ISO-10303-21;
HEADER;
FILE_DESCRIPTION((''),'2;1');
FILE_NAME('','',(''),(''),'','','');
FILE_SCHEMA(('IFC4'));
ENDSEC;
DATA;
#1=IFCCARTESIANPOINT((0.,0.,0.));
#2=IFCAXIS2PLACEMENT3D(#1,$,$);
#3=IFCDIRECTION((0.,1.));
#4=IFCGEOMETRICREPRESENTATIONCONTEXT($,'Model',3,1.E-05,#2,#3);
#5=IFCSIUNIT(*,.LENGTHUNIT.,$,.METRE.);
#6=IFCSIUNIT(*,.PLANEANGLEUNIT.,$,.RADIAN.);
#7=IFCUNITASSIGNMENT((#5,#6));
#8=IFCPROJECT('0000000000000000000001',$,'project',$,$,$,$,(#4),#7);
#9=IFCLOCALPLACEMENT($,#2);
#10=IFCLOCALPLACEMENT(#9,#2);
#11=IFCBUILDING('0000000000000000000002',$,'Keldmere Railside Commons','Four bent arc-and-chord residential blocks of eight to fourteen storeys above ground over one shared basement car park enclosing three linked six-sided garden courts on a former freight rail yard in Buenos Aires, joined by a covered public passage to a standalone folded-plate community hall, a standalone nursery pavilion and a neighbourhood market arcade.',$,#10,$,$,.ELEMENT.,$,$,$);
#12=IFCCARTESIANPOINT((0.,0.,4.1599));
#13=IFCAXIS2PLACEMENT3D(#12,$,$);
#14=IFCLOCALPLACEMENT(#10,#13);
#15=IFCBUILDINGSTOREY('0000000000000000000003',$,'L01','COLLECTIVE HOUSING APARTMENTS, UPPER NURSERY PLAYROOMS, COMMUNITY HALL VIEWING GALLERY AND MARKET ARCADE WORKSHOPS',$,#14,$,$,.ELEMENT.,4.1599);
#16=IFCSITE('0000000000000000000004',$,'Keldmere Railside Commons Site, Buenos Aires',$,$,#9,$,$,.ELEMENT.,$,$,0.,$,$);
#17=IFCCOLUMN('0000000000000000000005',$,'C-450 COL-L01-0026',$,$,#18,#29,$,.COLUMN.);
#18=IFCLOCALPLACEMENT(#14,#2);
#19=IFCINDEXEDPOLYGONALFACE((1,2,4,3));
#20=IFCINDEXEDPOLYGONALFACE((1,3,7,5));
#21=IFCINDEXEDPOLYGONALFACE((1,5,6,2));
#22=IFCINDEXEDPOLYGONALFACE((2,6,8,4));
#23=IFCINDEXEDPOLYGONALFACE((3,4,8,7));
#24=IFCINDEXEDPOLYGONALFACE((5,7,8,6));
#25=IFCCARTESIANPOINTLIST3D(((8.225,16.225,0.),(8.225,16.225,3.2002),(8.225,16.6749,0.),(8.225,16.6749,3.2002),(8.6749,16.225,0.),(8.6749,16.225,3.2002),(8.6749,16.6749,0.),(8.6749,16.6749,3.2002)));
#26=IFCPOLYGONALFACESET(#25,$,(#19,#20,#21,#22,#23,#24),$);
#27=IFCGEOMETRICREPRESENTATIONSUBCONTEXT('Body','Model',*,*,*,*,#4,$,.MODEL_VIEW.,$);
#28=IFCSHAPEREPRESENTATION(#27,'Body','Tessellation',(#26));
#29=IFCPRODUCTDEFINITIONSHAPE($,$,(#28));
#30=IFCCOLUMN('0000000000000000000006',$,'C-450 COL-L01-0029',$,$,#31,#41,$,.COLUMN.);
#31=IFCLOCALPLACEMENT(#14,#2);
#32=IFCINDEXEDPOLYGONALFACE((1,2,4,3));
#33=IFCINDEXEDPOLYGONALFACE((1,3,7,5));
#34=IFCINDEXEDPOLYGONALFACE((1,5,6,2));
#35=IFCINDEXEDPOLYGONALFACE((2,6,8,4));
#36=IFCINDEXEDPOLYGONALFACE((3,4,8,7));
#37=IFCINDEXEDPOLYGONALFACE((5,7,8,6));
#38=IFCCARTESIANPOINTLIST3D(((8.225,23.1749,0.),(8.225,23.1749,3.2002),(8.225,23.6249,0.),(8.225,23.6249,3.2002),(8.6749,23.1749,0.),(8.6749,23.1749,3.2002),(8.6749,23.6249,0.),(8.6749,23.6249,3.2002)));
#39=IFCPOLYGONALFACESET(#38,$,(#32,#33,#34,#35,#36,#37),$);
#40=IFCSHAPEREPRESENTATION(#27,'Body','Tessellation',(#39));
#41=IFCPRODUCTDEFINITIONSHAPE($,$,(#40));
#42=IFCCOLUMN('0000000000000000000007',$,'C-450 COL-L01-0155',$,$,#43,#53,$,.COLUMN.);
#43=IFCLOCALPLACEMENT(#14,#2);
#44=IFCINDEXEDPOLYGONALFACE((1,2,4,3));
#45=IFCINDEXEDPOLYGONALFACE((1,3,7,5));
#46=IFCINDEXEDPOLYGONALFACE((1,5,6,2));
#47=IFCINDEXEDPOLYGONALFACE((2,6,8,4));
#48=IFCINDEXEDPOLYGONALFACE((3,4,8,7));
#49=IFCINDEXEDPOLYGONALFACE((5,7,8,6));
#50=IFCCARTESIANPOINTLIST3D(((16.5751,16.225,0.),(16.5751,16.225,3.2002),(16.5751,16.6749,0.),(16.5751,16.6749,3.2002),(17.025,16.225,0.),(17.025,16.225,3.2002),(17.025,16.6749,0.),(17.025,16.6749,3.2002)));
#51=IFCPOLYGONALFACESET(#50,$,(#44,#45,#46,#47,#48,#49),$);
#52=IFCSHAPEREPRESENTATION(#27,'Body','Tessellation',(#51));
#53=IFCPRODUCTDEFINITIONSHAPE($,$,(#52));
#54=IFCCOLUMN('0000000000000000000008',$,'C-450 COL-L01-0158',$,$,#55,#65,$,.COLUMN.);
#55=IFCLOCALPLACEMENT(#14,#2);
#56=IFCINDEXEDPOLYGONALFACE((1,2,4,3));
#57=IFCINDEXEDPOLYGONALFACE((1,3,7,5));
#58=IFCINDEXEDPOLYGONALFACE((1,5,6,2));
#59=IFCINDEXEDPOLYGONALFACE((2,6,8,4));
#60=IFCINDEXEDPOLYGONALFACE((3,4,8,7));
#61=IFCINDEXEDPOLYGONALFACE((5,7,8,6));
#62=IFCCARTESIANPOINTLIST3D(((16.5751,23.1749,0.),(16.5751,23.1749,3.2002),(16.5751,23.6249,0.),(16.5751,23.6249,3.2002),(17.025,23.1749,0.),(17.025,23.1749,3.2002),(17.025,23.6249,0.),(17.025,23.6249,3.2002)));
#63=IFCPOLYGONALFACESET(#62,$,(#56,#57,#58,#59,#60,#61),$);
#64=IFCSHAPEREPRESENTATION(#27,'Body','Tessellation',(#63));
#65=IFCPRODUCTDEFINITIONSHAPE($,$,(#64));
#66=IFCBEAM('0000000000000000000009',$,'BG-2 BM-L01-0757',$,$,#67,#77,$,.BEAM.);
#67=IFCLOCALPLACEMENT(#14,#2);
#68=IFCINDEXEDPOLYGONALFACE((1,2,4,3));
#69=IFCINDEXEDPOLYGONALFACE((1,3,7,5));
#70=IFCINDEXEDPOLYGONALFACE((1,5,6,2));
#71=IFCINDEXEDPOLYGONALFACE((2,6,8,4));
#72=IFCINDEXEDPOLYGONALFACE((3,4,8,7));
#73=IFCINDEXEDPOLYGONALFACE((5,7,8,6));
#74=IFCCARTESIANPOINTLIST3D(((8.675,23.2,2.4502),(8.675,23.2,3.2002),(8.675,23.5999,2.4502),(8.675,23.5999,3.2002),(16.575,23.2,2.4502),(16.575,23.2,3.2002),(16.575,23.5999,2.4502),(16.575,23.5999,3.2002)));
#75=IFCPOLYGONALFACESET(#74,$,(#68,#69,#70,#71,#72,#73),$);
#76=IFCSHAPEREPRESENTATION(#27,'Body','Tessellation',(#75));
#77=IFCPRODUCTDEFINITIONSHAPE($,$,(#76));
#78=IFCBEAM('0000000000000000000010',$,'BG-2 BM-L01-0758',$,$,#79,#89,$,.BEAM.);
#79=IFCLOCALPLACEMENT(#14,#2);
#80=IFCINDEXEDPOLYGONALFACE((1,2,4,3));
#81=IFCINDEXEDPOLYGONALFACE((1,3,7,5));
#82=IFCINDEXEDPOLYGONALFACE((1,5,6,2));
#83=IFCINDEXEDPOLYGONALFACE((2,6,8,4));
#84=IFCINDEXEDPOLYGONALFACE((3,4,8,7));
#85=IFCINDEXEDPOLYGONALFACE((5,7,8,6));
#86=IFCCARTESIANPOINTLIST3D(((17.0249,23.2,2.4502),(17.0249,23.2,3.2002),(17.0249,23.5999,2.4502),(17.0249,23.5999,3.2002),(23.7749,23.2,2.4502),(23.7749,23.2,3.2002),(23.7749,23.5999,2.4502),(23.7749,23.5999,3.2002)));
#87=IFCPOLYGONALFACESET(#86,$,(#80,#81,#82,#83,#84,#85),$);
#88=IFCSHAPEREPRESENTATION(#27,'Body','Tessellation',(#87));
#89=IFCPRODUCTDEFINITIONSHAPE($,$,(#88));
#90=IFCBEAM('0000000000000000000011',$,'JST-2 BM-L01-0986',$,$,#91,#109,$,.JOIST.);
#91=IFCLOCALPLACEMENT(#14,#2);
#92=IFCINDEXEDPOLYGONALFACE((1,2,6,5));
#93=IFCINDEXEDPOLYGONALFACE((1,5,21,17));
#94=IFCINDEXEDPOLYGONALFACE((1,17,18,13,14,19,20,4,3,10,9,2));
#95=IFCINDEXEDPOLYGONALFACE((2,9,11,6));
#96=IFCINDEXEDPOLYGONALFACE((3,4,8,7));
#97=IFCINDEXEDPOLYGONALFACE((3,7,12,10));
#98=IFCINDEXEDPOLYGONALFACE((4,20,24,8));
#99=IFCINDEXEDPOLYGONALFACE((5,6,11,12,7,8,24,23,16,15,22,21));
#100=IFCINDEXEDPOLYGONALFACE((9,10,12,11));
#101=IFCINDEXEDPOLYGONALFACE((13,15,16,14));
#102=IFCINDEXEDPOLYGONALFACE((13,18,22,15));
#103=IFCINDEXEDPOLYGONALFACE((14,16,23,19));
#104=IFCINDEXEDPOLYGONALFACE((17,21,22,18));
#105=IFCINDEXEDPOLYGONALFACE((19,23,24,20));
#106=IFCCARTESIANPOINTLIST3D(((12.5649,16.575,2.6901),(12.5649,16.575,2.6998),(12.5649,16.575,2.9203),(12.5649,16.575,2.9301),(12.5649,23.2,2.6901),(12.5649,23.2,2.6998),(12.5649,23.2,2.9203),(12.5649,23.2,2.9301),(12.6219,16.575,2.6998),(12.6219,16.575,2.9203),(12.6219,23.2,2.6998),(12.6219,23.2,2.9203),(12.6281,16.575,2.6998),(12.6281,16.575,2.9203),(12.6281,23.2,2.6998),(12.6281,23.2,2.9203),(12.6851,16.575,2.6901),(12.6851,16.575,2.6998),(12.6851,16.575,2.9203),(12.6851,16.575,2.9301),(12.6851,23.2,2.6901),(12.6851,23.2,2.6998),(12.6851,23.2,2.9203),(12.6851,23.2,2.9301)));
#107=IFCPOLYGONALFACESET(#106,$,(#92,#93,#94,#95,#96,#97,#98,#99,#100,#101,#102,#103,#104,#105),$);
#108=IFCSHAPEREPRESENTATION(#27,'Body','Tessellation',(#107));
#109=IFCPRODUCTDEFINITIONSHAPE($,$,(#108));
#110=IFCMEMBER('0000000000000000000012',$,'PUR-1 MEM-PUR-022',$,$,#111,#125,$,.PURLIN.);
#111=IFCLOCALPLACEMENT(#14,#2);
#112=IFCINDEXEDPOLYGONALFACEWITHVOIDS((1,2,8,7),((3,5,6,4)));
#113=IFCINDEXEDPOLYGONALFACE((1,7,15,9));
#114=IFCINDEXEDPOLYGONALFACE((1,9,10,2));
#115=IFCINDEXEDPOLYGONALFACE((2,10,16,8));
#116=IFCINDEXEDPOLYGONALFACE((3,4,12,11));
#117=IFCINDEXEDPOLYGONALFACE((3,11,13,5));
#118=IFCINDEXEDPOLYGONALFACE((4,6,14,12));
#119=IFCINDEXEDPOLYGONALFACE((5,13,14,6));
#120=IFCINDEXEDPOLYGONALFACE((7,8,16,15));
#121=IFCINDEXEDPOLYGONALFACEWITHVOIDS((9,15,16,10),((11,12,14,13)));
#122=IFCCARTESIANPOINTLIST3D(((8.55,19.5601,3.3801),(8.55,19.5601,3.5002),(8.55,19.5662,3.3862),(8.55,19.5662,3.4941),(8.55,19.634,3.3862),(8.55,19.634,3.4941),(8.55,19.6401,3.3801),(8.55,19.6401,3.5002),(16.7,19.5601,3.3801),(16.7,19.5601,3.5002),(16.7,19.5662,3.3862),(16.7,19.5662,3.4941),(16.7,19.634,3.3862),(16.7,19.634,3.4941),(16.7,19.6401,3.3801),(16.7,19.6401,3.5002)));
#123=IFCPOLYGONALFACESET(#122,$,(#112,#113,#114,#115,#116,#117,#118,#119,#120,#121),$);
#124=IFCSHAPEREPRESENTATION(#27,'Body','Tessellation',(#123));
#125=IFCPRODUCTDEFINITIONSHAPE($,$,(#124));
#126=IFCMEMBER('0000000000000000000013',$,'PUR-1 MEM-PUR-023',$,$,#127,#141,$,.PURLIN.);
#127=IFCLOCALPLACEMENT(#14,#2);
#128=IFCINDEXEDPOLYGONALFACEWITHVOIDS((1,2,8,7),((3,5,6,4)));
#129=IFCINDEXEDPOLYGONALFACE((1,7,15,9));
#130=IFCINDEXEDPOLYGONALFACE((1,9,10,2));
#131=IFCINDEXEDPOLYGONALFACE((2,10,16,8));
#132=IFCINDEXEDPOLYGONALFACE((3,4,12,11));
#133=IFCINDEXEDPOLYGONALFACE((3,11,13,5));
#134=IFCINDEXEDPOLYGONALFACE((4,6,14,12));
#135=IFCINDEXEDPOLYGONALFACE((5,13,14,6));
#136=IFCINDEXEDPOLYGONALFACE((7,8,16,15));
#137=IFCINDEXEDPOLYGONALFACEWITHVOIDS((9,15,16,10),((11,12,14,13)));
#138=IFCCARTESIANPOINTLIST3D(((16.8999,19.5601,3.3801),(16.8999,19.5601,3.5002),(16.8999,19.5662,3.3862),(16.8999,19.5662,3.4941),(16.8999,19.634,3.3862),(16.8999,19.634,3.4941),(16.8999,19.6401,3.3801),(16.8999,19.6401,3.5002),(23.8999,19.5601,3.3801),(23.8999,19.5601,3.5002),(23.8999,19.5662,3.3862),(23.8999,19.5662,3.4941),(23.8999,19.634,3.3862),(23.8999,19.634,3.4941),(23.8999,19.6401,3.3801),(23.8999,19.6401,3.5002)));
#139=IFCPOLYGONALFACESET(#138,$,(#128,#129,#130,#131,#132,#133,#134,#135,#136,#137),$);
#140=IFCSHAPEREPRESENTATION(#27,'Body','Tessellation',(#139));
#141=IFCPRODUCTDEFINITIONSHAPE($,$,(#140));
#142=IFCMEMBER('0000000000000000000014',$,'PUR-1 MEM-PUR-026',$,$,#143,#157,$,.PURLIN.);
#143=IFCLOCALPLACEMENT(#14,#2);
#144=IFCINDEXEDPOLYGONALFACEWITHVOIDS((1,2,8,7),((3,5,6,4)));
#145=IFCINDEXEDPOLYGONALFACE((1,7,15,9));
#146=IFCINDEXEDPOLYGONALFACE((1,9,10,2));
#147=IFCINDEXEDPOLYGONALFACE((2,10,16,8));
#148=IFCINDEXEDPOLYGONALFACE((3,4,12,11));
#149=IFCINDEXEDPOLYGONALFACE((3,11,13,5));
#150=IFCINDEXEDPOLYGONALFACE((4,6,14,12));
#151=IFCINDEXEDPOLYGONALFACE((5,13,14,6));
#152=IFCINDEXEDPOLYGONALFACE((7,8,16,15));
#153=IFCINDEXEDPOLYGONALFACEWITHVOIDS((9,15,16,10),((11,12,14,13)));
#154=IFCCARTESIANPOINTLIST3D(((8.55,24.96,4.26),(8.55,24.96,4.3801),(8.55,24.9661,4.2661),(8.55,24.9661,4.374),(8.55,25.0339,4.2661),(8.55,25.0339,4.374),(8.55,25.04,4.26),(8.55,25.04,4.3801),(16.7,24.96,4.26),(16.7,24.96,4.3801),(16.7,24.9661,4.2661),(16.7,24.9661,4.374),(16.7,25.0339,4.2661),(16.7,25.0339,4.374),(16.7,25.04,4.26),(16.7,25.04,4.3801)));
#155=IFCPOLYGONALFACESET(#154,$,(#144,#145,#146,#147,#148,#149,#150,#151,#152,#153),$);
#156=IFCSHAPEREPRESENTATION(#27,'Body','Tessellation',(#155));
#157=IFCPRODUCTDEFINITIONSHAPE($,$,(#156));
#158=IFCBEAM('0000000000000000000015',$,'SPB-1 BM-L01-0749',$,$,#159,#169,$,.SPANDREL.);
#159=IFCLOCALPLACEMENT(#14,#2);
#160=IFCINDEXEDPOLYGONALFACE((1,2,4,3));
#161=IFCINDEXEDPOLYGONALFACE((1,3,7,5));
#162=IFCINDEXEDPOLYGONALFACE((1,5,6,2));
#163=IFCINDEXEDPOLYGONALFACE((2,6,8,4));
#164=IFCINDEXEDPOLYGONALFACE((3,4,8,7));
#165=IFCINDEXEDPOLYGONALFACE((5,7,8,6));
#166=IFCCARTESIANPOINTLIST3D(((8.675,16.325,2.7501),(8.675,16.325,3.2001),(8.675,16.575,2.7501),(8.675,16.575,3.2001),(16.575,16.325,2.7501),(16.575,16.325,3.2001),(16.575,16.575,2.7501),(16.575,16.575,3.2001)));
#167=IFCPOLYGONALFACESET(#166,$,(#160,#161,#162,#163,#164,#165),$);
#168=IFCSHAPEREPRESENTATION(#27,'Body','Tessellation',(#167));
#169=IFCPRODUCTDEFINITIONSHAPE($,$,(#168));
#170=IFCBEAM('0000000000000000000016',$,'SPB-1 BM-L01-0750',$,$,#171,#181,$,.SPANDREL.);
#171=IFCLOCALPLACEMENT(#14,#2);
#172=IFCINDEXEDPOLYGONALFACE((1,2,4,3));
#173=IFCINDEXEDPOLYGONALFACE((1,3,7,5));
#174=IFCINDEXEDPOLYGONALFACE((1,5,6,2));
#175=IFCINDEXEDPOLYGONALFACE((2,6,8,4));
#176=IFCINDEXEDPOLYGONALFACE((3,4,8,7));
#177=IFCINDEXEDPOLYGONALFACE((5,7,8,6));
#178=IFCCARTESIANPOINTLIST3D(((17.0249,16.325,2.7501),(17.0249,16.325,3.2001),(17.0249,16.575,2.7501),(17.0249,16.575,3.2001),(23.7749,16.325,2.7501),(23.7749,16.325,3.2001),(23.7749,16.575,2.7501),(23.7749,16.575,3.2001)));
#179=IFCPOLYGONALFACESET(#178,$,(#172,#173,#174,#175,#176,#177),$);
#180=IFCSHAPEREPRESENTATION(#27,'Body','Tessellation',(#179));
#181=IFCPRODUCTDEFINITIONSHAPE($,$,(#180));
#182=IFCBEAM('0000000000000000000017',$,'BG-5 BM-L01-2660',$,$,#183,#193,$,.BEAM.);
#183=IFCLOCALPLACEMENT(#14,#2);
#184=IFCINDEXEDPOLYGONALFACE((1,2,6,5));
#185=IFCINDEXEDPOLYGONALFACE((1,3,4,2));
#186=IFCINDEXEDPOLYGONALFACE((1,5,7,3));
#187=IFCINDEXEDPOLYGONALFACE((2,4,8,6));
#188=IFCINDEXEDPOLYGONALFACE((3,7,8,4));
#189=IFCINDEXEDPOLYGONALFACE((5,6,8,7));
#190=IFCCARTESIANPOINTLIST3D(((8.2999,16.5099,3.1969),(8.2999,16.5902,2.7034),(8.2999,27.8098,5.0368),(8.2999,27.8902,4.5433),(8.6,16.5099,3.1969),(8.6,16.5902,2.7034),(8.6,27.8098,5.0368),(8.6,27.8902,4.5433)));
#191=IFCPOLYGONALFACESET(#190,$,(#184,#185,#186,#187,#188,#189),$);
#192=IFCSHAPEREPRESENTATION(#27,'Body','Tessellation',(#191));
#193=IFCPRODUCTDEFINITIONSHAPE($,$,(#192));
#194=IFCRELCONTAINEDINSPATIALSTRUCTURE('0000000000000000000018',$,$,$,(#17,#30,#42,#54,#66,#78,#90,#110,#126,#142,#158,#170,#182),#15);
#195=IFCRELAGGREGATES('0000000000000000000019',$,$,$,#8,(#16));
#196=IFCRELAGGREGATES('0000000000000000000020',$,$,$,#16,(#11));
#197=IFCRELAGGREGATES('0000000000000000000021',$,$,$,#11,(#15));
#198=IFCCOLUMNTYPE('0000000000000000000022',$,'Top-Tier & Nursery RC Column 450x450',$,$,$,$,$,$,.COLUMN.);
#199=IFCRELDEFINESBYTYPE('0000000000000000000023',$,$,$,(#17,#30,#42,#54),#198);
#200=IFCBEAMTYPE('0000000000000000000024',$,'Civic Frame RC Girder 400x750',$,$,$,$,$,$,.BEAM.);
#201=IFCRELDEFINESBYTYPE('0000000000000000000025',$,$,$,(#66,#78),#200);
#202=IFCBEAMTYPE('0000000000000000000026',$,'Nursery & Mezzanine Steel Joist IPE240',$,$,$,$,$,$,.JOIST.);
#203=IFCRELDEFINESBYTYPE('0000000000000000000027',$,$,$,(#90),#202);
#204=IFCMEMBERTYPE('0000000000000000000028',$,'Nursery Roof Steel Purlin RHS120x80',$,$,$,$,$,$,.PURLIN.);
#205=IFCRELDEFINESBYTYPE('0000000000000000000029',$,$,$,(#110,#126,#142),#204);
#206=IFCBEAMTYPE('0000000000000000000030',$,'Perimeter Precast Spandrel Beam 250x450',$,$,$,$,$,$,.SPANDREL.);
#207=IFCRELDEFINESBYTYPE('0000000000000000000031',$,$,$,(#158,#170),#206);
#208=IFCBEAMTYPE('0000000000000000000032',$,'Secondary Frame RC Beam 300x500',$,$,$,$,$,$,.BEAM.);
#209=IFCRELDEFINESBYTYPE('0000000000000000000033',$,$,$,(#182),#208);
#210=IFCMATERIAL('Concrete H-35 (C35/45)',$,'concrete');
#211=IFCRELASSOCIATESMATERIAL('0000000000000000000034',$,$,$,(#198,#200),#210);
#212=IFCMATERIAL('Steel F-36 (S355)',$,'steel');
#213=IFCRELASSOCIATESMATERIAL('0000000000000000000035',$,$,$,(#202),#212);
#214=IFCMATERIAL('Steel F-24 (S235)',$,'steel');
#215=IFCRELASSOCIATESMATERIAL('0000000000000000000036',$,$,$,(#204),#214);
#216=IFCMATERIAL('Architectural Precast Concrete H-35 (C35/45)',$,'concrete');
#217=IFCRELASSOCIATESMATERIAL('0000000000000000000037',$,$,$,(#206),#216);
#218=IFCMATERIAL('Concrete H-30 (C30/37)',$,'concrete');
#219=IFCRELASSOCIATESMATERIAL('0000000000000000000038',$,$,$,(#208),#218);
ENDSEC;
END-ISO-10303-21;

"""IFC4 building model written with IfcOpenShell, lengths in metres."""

from ifc_helpers import new_model, si_unit, direction, frame, origin, origin_2d, place, context, subcontext, project, spatial, rectangle, hollow_rectangle, i_section, extrude, material, material_profile, profile_set, type_object, element, save


model = new_model("IFC4")

# Units and contexts
model_context = context("Model", 3, precision=1e-05, world=origin(), true_north=direction((0.0, 1.0)))
body_context = subcontext(model_context, "Body", "Model", "MODEL_VIEW")
ifc_project = project(units=[si_unit("LENGTHUNIT", "METRE"), si_unit("PLANEANGLEUNIT", "RADIAN")], contexts=[model_context])

# Site, building, storey
site_placement = place(None, origin())
site = spatial("IfcSite", under=ifc_project, at=site_placement, Name="Keldmere Railside Commons Site, Buenos Aires", CompositionType="ELEMENT", RefElevation=0.0)
building_placement = place(site_placement, origin())
building = spatial("IfcBuilding", under=site, at=building_placement, Name="Keldmere Railside Commons", Description="Four bent arc-and-chord residential blocks of eight to fourteen storeys above ground over one shared basement car park enclosing three linked six-sided garden courts on a former freight rail yard in Buenos Aires, joined by a covered public passage to a standalone folded-plate community hall, a standalone nursery pavilion and a neighbourhood market arcade.", CompositionType="ELEMENT")
storey_placement = place(building_placement, frame((0.0, 0.0, 4.1599)))
storey = spatial("IfcBuildingStorey", under=building, at=storey_placement, Name="L01", Description="COLLECTIVE HOUSING APARTMENTS, UPPER NURSERY PLAYROOMS, COMMUNITY HALL VIEWING GALLERY AND MARKET ARCADE WORKSHOPS", CompositionType="ELEMENT", Elevation=4.1599)

# Columns
ifc_material_1 = material(Name="Concrete H-35 (C35/45)", Category="concrete")
ifc_material_profile_1 = material_profile(ifc_material_1, rectangle(XDim=0.45, YDim=0.45, at=origin_2d()), Name="RC-450x450")
ifc_profile_set_1 = profile_set([ifc_material_profile_1], Name="Concrete H-35 (C35/45)")
column_type = type_object("IfcColumnType", Name="Top-Tier & Nursery RC Column 450x450", PredefinedType="COLUMN", material=ifc_profile_set_1)
for number, where, z_axis, x_axis, name in (
    (1, (8.45, 16.45, 0.0), (0.0, 0.0, 1.0), (1.0, 0.0, 0.0), "C-450 COL-L01-0026"),
    (2, (8.45, 23.3999, 0.0), (0.0, 0.0, 1.0), (1.0, 0.0, 0.0), "C-450 COL-L01-0029"),
    (3, (16.8, 16.45, 0.0), (0.0, 0.0, 1.0), (1.0, 0.0, 0.0), "C-450 COL-L01-0155"),
    (4, (16.8, 23.3999, 0.0), (0.0, 0.0, 1.0), (1.0, 0.0, 0.0), "C-450 COL-L01-0158"),
):
    element("IfcColumn", number, at=place(storey_placement, frame(where, z_axis=z_axis, x_axis=x_axis)), inside=storey, type_object=column_type, Name=name, PredefinedType="COLUMN", context=body_context, shape_type="SweptSolid", body=[
        extrude(rectangle(XDim=0.45, YDim=0.45, at=origin_2d()), origin(), (0.0, 0.0, 1.0), 3.2002),
    ])

# Beams
ifc_material_profile_2 = material_profile(ifc_material_1, rectangle(XDim=0.3999, YDim=0.75, at=origin_2d()), Name="RC-400x750")
ifc_profile_set_2 = profile_set([ifc_material_profile_2], Name="Concrete H-35 (C35/45)")
beam_type_1 = type_object("IfcBeamType", Name="Civic Frame RC Girder 400x750", PredefinedType="BEAM", material=ifc_profile_set_2)
beam_1_placement = place(storey_placement, frame((8.675, 23.3999, 2.8252), z_axis=(1.0, 0.0, 0.0), x_axis=(0.0, 1.0, 0.0)))
element("IfcBeam", 5, at=beam_1_placement, inside=storey, type_object=beam_type_1, Name="BG-2 BM-L01-0757", PredefinedType="BEAM", context=body_context, shape_type="SweptSolid", body=[
    extrude(rectangle(XDim=0.3999, YDim=0.75, at=origin_2d()), origin(), (0.0, 0.0, 1.0), 7.8999),
])
beam_2_placement = place(storey_placement, frame((17.0249, 23.3999, 2.8252), z_axis=(1.0, 0.0, 0.0), x_axis=(0.0, 1.0, 0.0)))
element("IfcBeam", 6, at=beam_2_placement, inside=storey, type_object=beam_type_1, Name="BG-2 BM-L01-0758", PredefinedType="BEAM", context=body_context, shape_type="SweptSolid", body=[
    extrude(rectangle(XDim=0.3999, YDim=0.75, at=origin_2d()), origin(), (0.0, 0.0, 1.0), 6.75),
])
ifc_material_2 = material(Name="Steel F-36 (S355)", Category="steel")
ifc_material_profile_3 = material_profile(ifc_material_2, i_section(OverallWidth=0.1201, OverallDepth=0.24, WebThickness=0.0061, FlangeThickness=0.0098, at=origin_2d()), Name="IPE-240")
ifc_profile_set_3 = profile_set([ifc_material_profile_3], Name="Steel F-36 (S355)")
beam_type_2 = type_object("IfcBeamType", Name="Nursery & Mezzanine Steel Joist IPE240", PredefinedType="JOIST", material=ifc_profile_set_3)
beam_3_placement = place(storey_placement, frame((12.625, 16.575, 2.8101), z_axis=(0.0, 1.0, 0.0), x_axis=(-1.0, 0.0, 0.0)))
element("IfcBeam", 7, at=beam_3_placement, inside=storey, type_object=beam_type_2, Name="JST-2 BM-L01-0986", PredefinedType="JOIST", context=body_context, shape_type="SweptSolid", body=[
    extrude(i_section(OverallWidth=0.1201, OverallDepth=0.24, WebThickness=0.0061, FlangeThickness=0.0098, at=origin_2d()), origin(), (0.0, 0.0, 1.0), 6.625),
])

# Members
ifc_material_3 = material(Name="Steel F-24 (S235)", Category="steel")
ifc_material_profile_4 = material_profile(ifc_material_3, hollow_rectangle(XDim=0.0801, YDim=0.1201, WallThickness=0.0061, at=origin_2d()), Name="RHS-120x80x6")
ifc_profile_set_4 = profile_set([ifc_material_profile_4], Name="Steel F-24 (S235)")
member_type = type_object("IfcMemberType", Name="Nursery Roof Steel Purlin RHS120x80", PredefinedType="PURLIN", material=ifc_profile_set_4)
member_1_placement = place(storey_placement, frame((8.55, 19.6001, 3.4402), z_axis=(1.0, 0.0, 0.0), x_axis=(0.0, 1.0, 0.0)))
element("IfcMember", 8, at=member_1_placement, inside=storey, type_object=member_type, Name="PUR-1 MEM-PUR-022", PredefinedType="PURLIN", context=body_context, shape_type="SweptSolid", body=[
    extrude(hollow_rectangle(XDim=0.0801, YDim=0.1201, WallThickness=0.0061, at=origin_2d()), origin(), (0.0, 0.0, 1.0), 8.1499),
])
member_2_placement = place(storey_placement, frame((16.8999, 19.6001, 3.4402), z_axis=(1.0, 0.0, 0.0), x_axis=(0.0, 1.0, 0.0)))
element("IfcMember", 9, at=member_2_placement, inside=storey, type_object=member_type, Name="PUR-1 MEM-PUR-023", PredefinedType="PURLIN", context=body_context, shape_type="SweptSolid", body=[
    extrude(hollow_rectangle(XDim=0.0801, YDim=0.1201, WallThickness=0.0061, at=origin_2d()), origin(), (0.0, 0.0, 1.0), 7.0),
])
member_3_placement = place(storey_placement, frame((8.55, 25.0, 4.3201), z_axis=(1.0, 0.0, 0.0), x_axis=(0.0, 1.0, 0.0)))
element("IfcMember", 10, at=member_3_placement, inside=storey, type_object=member_type, Name="PUR-1 MEM-PUR-026", PredefinedType="PURLIN", context=body_context, shape_type="SweptSolid", body=[
    extrude(hollow_rectangle(XDim=0.0801, YDim=0.1201, WallThickness=0.0061, at=origin_2d()), origin(), (0.0, 0.0, 1.0), 8.1499),
])

# Beams
ifc_material_4 = material(Name="Architectural Precast Concrete H-35 (C35/45)", Category="concrete")
ifc_material_profile_5 = material_profile(ifc_material_4, rectangle(XDim=0.25, YDim=0.45, at=origin_2d()), Name="RC-250x450")
ifc_profile_set_5 = profile_set([ifc_material_profile_5], Name="Architectural Precast Concrete H-35 (C35/45)")
beam_type_3 = type_object("IfcBeamType", Name="Perimeter Precast Spandrel Beam 250x450", PredefinedType="SPANDREL", material=ifc_profile_set_5)
beam_4_placement = place(storey_placement, frame((8.675, 16.45, 2.9751), z_axis=(1.0, 0.0, 0.0), x_axis=(0.0, 1.0, 0.0)))
element("IfcBeam", 11, at=beam_4_placement, inside=storey, type_object=beam_type_3, Name="SPB-1 BM-L01-0749", PredefinedType="SPANDREL", context=body_context, shape_type="SweptSolid", body=[
    extrude(rectangle(XDim=0.25, YDim=0.45, at=origin_2d()), origin(), (0.0, 0.0, 1.0), 7.8999),
])
beam_5_placement = place(storey_placement, frame((17.0249, 16.45, 2.9751), z_axis=(1.0, 0.0, 0.0), x_axis=(0.0, 1.0, 0.0)))
element("IfcBeam", 12, at=beam_5_placement, inside=storey, type_object=beam_type_3, Name="SPB-1 BM-L01-0750", PredefinedType="SPANDREL", context=body_context, shape_type="SweptSolid", body=[
    extrude(rectangle(XDim=0.25, YDim=0.45, at=origin_2d()), origin(), (0.0, 0.0, 1.0), 6.75),
])
ifc_material_5 = material(Name="Concrete H-30 (C30/37)", Category="concrete")
ifc_material_profile_6 = material_profile(ifc_material_5, rectangle(XDim=0.3, YDim=0.5, at=origin_2d()), Name="RC-300x500")
ifc_profile_set_6 = profile_set([ifc_material_profile_6], Name="Concrete H-30 (C30/37)")
beam_type_4 = type_object("IfcBeamType", Name="Secondary Frame RC Beam 300x500", PredefinedType="BEAM", material=ifc_profile_set_6)
for number, where, z_axis, x_axis, name in (
    (13, (8.45, 16.55, 2.9502), (0.0, 0.987003, 0.160701), (-1.0, 0.0, 0.0), "BG-5 BM-L01-2660"),
):
    element("IfcBeam", number, at=place(storey_placement, frame(where, z_axis=z_axis, x_axis=x_axis)), inside=storey, type_object=beam_type_4, Name=name, PredefinedType="BEAM", context=body_context, shape_type="SweptSolid", body=[
        extrude(rectangle(XDim=0.3, YDim=0.5, at=origin_2d()), origin(), (0.0, 0.0, 1.0), 11.4487),
    ])

save(model, "model.ifc")
